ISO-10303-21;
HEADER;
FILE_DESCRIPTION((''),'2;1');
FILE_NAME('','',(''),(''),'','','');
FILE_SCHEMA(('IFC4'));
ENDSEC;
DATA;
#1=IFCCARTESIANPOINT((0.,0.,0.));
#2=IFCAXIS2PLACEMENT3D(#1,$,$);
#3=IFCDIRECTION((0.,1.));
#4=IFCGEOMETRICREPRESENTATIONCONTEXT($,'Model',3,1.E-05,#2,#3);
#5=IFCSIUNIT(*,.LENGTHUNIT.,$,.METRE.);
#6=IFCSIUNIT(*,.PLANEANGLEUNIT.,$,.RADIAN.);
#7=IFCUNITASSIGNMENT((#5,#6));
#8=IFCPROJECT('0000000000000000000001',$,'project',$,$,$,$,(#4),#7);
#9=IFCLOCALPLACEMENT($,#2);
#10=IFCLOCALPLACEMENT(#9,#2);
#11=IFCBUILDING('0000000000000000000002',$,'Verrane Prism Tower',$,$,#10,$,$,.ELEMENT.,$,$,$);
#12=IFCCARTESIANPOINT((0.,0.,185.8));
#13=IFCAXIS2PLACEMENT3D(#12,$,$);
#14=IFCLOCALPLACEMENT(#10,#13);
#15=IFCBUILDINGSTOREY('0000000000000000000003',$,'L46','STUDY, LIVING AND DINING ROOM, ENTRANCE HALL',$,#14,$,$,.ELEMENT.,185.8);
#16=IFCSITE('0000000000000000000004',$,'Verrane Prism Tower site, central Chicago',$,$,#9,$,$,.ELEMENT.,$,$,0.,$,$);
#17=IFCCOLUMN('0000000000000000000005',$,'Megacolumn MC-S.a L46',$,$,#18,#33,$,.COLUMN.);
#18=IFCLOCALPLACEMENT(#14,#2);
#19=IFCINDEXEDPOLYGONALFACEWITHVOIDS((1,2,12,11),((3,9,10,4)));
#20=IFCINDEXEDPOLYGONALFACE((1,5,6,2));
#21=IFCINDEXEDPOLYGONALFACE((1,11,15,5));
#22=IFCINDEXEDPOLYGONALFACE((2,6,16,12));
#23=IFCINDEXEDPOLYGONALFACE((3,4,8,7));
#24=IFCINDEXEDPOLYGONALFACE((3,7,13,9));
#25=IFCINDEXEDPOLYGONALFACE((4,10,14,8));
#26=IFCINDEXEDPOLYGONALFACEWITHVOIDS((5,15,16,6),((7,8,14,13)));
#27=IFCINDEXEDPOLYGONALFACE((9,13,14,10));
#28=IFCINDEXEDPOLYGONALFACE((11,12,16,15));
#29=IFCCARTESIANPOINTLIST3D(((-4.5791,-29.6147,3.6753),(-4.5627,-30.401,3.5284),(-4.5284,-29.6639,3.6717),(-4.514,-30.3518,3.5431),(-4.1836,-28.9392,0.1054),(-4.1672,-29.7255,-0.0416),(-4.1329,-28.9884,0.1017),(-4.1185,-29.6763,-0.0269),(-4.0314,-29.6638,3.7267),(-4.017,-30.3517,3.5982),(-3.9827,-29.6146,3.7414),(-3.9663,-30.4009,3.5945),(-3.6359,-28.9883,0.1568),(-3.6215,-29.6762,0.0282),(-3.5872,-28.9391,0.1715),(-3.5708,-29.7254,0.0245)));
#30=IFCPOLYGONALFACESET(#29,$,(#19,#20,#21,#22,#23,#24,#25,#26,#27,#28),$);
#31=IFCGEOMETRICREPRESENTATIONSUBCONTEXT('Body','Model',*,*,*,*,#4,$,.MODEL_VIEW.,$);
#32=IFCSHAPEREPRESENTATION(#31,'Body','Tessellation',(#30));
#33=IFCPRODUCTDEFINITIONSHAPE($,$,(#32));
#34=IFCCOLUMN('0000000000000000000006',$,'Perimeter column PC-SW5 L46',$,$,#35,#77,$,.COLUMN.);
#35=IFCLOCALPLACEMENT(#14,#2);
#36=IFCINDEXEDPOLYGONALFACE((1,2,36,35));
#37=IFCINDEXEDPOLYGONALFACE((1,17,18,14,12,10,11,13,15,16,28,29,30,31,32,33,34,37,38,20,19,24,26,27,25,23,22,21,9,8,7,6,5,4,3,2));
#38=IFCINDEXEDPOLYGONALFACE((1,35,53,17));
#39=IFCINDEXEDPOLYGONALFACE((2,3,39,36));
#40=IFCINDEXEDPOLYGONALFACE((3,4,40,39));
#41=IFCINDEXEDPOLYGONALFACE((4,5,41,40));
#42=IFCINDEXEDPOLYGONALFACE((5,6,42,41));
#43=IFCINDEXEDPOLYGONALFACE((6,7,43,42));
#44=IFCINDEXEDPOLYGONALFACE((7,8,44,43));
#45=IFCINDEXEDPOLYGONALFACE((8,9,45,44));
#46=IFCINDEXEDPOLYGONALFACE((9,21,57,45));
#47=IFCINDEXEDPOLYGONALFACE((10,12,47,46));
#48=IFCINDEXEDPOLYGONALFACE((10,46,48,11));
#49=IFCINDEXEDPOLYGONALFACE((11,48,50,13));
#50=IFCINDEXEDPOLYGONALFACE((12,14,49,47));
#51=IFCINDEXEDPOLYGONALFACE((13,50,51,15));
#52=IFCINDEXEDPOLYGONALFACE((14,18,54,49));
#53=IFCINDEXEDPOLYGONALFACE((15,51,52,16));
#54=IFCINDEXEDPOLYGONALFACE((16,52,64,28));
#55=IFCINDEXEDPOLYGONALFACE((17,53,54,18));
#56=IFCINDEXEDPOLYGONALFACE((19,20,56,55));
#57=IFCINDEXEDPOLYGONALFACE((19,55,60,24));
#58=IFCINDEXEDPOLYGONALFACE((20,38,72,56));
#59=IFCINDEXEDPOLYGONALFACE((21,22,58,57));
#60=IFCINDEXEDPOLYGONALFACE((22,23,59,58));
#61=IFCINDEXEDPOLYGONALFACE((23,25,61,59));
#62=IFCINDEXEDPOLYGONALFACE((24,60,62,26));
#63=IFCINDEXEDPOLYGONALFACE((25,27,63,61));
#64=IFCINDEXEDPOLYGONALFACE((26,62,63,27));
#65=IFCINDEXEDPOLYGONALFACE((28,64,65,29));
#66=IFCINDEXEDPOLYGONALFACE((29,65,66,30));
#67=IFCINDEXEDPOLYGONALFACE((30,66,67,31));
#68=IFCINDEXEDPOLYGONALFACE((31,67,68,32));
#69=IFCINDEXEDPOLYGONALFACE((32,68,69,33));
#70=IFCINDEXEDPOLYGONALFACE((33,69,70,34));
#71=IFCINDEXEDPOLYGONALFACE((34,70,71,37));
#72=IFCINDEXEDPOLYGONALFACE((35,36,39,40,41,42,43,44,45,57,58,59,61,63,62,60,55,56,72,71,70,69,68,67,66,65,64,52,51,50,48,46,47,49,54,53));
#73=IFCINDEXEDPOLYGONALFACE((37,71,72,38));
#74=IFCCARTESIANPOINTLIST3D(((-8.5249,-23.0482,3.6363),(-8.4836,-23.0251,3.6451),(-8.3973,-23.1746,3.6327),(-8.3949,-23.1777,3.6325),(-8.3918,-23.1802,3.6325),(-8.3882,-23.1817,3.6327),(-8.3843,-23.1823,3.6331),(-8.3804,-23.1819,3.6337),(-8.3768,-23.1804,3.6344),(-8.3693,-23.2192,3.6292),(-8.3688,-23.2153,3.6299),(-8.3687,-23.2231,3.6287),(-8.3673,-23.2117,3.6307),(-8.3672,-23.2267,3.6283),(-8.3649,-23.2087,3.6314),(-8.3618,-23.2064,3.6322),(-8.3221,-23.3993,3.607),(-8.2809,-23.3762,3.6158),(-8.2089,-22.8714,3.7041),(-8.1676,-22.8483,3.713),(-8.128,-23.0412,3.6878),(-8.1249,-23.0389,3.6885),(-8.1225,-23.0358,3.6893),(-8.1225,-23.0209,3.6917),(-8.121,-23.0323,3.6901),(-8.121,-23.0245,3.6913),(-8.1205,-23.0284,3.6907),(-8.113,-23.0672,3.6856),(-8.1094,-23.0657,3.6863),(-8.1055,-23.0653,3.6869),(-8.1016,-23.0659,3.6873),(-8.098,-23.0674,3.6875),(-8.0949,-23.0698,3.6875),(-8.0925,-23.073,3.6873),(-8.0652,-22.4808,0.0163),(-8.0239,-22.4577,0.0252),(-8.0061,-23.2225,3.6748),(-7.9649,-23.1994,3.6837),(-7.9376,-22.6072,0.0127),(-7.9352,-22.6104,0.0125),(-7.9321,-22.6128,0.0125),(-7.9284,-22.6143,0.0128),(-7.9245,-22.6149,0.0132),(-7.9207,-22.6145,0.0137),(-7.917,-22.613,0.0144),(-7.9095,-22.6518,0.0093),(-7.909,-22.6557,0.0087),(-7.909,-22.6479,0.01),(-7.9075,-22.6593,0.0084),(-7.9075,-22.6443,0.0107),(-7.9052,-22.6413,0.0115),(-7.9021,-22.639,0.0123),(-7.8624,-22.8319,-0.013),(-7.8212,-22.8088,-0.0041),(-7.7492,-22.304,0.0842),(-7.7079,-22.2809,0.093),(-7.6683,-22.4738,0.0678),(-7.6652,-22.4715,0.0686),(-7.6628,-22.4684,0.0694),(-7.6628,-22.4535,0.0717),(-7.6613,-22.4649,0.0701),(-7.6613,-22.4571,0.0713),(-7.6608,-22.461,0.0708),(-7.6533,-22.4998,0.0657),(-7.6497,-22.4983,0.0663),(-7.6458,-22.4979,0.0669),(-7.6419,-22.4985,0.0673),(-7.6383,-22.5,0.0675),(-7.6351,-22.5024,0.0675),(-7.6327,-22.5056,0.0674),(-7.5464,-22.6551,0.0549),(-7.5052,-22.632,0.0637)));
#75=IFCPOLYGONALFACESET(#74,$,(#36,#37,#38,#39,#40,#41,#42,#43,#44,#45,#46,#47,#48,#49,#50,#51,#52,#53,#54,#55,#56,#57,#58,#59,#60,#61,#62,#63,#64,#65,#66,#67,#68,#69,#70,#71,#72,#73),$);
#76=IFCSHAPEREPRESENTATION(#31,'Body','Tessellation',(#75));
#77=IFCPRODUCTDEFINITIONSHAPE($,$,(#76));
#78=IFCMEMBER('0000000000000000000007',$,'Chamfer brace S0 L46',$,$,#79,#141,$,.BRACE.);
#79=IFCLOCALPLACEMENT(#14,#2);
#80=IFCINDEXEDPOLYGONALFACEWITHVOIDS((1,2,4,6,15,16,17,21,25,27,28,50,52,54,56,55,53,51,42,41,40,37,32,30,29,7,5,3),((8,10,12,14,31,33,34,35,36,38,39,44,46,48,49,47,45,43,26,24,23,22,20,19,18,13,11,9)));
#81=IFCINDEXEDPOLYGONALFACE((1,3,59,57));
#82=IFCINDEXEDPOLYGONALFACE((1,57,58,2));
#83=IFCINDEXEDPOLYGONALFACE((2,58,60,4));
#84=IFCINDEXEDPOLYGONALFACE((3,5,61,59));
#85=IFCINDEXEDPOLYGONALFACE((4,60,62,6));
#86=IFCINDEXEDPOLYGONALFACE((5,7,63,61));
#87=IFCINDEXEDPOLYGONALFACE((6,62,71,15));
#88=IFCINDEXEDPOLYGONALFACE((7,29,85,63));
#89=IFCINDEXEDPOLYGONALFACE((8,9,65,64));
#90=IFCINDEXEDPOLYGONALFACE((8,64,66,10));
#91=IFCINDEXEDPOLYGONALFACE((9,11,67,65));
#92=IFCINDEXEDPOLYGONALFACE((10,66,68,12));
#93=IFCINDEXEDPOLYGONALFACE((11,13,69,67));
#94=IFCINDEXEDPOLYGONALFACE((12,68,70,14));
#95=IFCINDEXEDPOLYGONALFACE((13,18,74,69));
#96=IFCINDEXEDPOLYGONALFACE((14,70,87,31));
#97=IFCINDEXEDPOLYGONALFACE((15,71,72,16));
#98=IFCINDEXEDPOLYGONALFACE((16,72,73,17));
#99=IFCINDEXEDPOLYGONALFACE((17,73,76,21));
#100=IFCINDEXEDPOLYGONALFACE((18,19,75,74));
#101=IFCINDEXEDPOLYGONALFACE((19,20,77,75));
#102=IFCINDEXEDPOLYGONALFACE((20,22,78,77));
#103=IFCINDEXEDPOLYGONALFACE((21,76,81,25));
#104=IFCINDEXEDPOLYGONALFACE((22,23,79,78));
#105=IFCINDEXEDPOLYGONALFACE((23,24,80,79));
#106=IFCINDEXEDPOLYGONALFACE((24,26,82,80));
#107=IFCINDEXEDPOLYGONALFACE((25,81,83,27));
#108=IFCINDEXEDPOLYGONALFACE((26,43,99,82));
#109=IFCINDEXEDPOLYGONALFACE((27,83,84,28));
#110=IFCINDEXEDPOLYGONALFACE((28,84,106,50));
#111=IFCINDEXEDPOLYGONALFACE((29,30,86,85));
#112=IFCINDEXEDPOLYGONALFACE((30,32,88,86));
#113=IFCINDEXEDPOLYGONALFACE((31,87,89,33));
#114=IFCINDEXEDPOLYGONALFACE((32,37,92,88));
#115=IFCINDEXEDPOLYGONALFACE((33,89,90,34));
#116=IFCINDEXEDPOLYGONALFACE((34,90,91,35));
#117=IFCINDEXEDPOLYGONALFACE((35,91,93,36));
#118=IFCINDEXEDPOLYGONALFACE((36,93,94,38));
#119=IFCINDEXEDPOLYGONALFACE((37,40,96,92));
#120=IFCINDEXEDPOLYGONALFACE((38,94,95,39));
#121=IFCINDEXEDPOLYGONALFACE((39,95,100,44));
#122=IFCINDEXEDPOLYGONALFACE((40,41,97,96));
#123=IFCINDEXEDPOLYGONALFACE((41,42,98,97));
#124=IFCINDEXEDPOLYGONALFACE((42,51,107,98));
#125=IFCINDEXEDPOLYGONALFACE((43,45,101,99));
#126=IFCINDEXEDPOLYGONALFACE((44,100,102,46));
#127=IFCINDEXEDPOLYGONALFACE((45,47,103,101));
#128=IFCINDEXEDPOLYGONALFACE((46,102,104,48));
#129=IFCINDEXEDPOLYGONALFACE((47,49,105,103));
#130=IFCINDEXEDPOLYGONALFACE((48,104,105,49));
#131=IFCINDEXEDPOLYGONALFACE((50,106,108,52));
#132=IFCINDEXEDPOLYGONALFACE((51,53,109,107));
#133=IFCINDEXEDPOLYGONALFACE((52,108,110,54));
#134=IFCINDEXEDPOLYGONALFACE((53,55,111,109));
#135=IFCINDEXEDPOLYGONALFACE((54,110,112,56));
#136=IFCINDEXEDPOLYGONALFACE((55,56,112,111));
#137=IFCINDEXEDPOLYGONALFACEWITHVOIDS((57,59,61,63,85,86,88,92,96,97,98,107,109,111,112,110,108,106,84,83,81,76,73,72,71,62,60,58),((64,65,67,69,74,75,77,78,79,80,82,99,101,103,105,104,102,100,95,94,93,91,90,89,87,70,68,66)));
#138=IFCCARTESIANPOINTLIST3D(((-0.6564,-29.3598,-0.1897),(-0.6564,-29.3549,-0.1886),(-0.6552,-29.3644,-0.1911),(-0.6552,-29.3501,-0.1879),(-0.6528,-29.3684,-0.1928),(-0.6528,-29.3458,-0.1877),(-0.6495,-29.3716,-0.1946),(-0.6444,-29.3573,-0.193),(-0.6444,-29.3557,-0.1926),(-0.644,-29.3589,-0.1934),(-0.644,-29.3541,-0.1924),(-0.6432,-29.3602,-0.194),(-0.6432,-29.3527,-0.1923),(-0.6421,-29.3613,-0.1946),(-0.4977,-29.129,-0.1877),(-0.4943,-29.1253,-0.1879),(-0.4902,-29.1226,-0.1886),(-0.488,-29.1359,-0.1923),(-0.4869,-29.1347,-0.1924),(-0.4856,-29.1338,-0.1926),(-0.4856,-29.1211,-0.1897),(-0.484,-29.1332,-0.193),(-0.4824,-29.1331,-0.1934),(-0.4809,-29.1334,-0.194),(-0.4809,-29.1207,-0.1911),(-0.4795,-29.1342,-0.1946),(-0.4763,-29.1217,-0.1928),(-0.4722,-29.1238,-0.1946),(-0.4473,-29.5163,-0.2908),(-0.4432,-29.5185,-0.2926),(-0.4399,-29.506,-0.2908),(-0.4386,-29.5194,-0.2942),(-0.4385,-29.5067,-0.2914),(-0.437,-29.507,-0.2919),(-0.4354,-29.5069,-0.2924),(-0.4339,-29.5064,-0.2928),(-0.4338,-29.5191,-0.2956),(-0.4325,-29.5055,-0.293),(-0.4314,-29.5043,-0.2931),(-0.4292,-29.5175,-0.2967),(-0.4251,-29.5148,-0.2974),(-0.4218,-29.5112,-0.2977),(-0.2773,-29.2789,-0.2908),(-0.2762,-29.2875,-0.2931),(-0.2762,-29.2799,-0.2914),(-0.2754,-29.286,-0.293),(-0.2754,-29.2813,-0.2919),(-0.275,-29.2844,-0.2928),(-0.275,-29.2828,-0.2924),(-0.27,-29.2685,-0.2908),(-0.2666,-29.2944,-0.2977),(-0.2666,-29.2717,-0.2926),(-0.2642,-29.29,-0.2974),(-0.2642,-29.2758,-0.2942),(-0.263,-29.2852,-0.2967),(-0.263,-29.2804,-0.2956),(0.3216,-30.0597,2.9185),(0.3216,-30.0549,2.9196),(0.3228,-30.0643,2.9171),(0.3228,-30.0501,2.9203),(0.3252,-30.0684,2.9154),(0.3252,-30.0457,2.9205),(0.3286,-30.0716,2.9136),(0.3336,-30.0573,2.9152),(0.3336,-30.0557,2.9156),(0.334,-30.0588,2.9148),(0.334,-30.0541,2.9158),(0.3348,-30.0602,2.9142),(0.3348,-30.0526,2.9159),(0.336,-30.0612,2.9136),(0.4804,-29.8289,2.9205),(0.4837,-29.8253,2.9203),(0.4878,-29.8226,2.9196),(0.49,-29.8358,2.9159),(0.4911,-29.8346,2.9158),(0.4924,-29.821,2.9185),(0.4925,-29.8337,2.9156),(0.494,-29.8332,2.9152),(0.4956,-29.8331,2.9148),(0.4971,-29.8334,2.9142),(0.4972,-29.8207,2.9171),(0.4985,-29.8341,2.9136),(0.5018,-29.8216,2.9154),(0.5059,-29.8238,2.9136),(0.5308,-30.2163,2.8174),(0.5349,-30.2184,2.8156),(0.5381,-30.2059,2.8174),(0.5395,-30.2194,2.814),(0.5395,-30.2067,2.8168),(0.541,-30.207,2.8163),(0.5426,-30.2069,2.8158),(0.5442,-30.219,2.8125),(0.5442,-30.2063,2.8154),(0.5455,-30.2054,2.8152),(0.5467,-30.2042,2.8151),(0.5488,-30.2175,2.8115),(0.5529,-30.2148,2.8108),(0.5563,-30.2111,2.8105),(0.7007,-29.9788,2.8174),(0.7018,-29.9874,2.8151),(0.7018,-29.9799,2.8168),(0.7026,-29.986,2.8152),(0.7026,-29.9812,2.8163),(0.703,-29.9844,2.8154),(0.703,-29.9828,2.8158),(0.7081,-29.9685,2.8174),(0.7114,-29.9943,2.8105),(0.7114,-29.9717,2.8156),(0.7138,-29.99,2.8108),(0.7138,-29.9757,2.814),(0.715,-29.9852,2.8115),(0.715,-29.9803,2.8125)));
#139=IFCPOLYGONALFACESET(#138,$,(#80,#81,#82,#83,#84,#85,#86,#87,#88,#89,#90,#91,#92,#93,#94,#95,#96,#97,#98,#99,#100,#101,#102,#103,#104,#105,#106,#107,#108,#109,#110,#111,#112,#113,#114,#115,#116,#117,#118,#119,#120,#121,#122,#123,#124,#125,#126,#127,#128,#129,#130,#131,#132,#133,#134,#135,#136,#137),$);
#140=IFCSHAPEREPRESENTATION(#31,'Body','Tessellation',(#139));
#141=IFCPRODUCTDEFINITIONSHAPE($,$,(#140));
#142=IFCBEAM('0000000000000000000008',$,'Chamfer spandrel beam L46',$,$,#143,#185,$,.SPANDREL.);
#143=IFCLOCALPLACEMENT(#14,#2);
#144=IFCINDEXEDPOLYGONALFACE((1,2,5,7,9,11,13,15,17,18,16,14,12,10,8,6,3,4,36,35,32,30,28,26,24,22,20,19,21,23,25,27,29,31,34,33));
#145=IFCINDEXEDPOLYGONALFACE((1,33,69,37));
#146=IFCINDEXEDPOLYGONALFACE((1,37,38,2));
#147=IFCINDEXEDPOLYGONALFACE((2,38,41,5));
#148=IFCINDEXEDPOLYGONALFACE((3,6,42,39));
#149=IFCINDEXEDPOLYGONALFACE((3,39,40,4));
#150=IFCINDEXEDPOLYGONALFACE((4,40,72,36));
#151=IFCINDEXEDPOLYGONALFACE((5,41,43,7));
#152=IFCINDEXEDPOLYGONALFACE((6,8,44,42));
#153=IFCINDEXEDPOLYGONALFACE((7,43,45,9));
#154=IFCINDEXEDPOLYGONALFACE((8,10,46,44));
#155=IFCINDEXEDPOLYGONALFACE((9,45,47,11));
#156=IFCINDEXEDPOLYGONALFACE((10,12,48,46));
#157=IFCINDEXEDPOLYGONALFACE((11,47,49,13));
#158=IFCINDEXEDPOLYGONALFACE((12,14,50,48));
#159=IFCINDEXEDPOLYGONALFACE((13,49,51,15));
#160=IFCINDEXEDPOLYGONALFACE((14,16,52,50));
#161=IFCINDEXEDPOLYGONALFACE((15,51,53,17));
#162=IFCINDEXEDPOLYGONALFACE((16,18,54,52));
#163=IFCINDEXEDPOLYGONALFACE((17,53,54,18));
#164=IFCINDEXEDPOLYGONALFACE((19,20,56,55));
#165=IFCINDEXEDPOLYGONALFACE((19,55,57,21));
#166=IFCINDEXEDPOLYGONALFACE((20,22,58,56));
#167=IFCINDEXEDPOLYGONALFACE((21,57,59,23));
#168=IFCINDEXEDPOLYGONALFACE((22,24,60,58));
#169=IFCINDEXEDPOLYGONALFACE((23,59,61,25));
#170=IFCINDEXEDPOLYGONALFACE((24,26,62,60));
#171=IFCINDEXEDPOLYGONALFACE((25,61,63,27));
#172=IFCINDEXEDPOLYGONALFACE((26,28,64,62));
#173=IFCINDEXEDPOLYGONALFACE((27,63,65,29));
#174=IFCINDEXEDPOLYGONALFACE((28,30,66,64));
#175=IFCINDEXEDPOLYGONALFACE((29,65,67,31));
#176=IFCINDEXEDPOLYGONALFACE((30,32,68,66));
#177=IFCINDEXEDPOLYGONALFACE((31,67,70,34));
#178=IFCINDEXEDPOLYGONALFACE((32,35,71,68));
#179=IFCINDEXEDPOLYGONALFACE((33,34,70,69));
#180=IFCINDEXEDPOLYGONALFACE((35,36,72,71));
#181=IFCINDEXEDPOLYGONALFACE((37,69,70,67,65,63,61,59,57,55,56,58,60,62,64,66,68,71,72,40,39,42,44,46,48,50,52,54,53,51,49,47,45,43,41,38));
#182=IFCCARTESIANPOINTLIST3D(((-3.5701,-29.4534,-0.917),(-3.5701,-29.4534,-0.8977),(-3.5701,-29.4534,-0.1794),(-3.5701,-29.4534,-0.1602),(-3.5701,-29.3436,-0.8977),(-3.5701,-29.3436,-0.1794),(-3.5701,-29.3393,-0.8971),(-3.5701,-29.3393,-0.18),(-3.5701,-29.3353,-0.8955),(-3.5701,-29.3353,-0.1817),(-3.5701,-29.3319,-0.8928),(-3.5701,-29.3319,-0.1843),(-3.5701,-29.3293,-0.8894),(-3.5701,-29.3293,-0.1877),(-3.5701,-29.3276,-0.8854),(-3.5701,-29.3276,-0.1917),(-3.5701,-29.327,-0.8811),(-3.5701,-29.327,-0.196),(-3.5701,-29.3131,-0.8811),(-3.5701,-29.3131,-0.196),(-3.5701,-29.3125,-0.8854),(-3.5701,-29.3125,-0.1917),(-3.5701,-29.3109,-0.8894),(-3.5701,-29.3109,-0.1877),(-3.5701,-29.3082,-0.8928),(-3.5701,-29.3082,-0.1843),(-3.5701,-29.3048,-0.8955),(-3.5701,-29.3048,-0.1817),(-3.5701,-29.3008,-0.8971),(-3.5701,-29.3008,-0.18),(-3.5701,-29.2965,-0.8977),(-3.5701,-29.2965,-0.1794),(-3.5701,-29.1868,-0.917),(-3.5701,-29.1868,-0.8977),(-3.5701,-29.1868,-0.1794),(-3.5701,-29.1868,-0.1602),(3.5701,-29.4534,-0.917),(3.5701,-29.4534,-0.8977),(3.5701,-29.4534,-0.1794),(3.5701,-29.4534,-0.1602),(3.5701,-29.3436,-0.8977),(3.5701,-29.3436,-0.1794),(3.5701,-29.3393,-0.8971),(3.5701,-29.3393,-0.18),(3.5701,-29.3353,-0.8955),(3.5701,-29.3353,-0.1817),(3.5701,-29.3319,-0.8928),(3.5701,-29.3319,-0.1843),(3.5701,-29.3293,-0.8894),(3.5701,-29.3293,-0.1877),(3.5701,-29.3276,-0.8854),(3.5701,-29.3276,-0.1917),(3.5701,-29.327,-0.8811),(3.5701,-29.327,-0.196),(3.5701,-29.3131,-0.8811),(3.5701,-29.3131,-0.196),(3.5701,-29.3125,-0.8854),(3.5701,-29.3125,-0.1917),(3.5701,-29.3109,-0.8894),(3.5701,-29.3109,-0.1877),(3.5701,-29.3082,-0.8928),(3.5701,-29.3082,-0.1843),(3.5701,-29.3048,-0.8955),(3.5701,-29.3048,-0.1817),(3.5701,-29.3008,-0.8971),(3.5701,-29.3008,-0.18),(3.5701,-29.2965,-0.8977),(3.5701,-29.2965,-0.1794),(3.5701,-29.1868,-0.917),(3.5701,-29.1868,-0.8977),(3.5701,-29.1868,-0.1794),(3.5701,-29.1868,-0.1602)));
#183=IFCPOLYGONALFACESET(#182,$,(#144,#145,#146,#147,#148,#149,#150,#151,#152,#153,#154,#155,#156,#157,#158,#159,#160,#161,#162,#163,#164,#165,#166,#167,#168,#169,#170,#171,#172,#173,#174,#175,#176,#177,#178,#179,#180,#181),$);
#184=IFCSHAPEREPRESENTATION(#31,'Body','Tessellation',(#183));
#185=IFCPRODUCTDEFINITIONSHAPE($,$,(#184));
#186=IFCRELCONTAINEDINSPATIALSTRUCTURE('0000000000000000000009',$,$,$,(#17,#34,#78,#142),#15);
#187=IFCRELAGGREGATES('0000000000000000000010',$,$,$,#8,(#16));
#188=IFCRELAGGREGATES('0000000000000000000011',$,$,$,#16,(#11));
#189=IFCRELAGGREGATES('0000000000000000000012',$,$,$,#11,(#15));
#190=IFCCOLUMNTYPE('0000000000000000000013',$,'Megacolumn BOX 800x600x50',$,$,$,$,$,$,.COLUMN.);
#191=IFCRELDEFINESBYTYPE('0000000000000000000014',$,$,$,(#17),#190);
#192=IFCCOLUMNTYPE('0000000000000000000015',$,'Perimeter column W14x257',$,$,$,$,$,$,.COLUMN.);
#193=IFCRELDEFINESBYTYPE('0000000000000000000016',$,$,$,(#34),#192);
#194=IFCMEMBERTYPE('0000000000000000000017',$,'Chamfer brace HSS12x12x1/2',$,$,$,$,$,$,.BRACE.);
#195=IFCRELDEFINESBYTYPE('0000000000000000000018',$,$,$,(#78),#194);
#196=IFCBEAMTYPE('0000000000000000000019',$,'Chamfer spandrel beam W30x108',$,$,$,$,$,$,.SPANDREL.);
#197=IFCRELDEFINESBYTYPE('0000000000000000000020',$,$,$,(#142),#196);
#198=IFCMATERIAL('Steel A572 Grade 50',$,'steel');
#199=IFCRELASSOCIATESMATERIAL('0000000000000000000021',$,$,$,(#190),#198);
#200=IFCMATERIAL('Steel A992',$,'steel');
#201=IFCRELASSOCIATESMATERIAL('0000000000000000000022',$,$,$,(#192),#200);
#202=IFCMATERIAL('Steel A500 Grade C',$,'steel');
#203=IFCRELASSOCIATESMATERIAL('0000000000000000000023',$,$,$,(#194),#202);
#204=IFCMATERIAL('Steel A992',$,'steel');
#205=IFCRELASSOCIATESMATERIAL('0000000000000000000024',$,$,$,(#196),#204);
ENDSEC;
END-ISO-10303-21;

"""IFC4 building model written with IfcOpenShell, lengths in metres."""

from ifc_helpers import new_model, si_unit, direction, frame, origin, origin_2d, place, context, subcontext, project, spatial, hollow_rectangle, i_section, extrude, material, material_profile, profile_set, type_object, element, save


model = new_model("IFC4")

# Units and contexts
model_context = context("Model", 3, precision=1e-05, world=origin(), true_north=direction((0.0, 1.0)))
body_context = subcontext(model_context, "Body", "Model", "MODEL_VIEW")
ifc_project = project(units=[si_unit("LENGTHUNIT", "METRE"), si_unit("PLANEANGLEUNIT", "RADIAN")], contexts=[model_context])

# Site, building, storey
site_placement = place(None, origin())
site = spatial("IfcSite", under=ifc_project, at=site_placement, Name="Verrane Prism Tower site, central Chicago", CompositionType="ELEMENT", RefElevation=0.0)
building_placement = place(site_placement, origin())
building = spatial("IfcBuilding", under=site, at=building_placement, Name="Verrane Prism Tower", CompositionType="ELEMENT")
storey_placement = place(building_placement, frame((0.0, 0.0, 185.8)))
storey = spatial("IfcBuildingStorey", under=building, at=storey_placement, Name="L46", Description="STUDY, LIVING AND DINING ROOM, ENTRANCE HALL", CompositionType="ELEMENT", Elevation=185.8)

# Columns
ifc_material_1 = material(Name="Steel A572 Grade 50", Category="steel")
ifc_material_profile_1 = material_profile(ifc_material_1, hollow_rectangle(XDim=0.6001, YDim=0.8, WallThickness=0.05, at=origin_2d()), Name="BOX 800x600x50")
ifc_profile_set_1 = profile_set([ifc_material_profile_1], Name="Steel A572 Grade 50")
column_type_1 = type_object("IfcColumnType", Name="Megacolumn BOX 800x600x50", PredefinedType="COLUMN", material=ifc_profile_set_1)
column_1_placement = place(storey_placement, frame((-3.8772, -29.3323, 0.0649), z_axis=(-0.108214, -0.184831, 0.976794), x_axis=(-0.993916, -0.000177, -0.110144)))
element("IfcColumn", 1, at=column_1_placement, inside=storey, type_object=column_type_1, Name="Megacolumn MC-S.a L46", PredefinedType="COLUMN", context=body_context, shape_type="SweptSolid", body=[
    extrude(hollow_rectangle(XDim=0.6001, YDim=0.8, WallThickness=0.05, at=origin_2d()), origin(), (0.0, 0.0, 1.0), 3.6548),
])
ifc_material_2 = material(Name="Steel A992", Category="steel")
ifc_material_profile_2 = material_profile(ifc_material_2, i_section(OverallWidth=0.4065, OverallDepth=0.4165, WebThickness=0.03, FlangeThickness=0.0481, FilletRadius=0.0151, at=origin_2d()), Name="W14x257")
ifc_profile_set_2 = profile_set([ifc_material_profile_2], Name="Steel A992")
column_type_2 = type_object("IfcColumnType", Name="Perimeter column W14x257", PredefinedType="COLUMN", material=ifc_profile_set_2)
column_2_placement = place(storey_placement, frame((-7.7852, -22.5564, 0.04), z_axis=(-0.12449, -0.153646, 0.980253), x_axis=(-0.498753, 0.863745, 0.072044)))
element("IfcColumn", 2, at=column_2_placement, inside=storey, type_object=column_type_2, Name="Perimeter column PC-SW5 L46", PredefinedType="COLUMN", context=body_context, shape_type="SweptSolid", body=[
    extrude(i_section(OverallWidth=0.4065, OverallDepth=0.4165, WebThickness=0.03, FlangeThickness=0.0481, FilletRadius=0.0151, at=origin_2d()), origin(), (0.0, 0.0, 1.0), 3.6929),
])

# Member
ifc_material_3 = material(Name="Steel A500 Grade C", Category="steel")
ifc_material_profile_3 = material_profile(ifc_material_3, hollow_rectangle(XDim=0.3047, YDim=0.3047, WallThickness=0.0127, InnerFilletRadius=0.0063, OuterFilletRadius=0.019, at=origin_2d()), Name="HSS12x12x1/2")
ifc_profile_set_3 = profile_set([ifc_material_profile_3], Name="Steel A500 Grade C")
member_type_1 = type_object("IfcMemberType", Name="Chamfer brace HSS12x12x1/2", PredefinedType="BRACE", material=ifc_profile_set_3)
member_1_placement = place(storey_placement, frame((-0.4597, -29.3201, -0.2427), z_axis=(0.293461, -0.210023, 0.932615), x_axis=(0.581987, 0.813198, 0.0)))
element("IfcMember", 3, at=member_1_placement, inside=storey, type_object=member_type_1, Name="Chamfer brace S0 L46", PredefinedType="BRACE", context=body_context, shape_type="SweptSolid", body=[
    extrude(hollow_rectangle(XDim=0.3047, YDim=0.3047, WallThickness=0.0127, InnerFilletRadius=0.0063, OuterFilletRadius=0.019, at=origin_2d()), origin(), (0.0, 0.0, 1.0), 3.3328),
])

# Beam
ifc_material_4 = material(Name="Steel A992", Category="steel")
ifc_material_profile_4 = material_profile(ifc_material_4, i_section(OverallWidth=0.2666, OverallDepth=0.7568, WebThickness=0.0139, FlangeThickness=0.0193, FilletRadius=0.0166, at=origin_2d()), Name="W30x108")
ifc_profile_set_4 = profile_set([ifc_material_profile_4], Name="Steel A992")
beam_type_1 = type_object("IfcBeamType", Name="Chamfer spandrel beam W30x108", PredefinedType="SPANDREL", material=ifc_profile_set_4)
beam_1_placement = place(storey_placement, frame((-3.5701, -29.3201, -0.5386), z_axis=(1.0, 0.0, 0.0), x_axis=(0.0, 1.0, 0.0)))
element("IfcBeam", 4, at=beam_1_placement, inside=storey, type_object=beam_type_1, Name="Chamfer spandrel beam L46", PredefinedType="SPANDREL", context=body_context, shape_type="SweptSolid", body=[
    extrude(i_section(OverallWidth=0.2666, OverallDepth=0.7568, WebThickness=0.0139, FlangeThickness=0.0193, FilletRadius=0.0166, at=origin_2d()), origin(), (0.0, 0.0, 1.0), 7.1401),
])

save(model, "model.ifc")
